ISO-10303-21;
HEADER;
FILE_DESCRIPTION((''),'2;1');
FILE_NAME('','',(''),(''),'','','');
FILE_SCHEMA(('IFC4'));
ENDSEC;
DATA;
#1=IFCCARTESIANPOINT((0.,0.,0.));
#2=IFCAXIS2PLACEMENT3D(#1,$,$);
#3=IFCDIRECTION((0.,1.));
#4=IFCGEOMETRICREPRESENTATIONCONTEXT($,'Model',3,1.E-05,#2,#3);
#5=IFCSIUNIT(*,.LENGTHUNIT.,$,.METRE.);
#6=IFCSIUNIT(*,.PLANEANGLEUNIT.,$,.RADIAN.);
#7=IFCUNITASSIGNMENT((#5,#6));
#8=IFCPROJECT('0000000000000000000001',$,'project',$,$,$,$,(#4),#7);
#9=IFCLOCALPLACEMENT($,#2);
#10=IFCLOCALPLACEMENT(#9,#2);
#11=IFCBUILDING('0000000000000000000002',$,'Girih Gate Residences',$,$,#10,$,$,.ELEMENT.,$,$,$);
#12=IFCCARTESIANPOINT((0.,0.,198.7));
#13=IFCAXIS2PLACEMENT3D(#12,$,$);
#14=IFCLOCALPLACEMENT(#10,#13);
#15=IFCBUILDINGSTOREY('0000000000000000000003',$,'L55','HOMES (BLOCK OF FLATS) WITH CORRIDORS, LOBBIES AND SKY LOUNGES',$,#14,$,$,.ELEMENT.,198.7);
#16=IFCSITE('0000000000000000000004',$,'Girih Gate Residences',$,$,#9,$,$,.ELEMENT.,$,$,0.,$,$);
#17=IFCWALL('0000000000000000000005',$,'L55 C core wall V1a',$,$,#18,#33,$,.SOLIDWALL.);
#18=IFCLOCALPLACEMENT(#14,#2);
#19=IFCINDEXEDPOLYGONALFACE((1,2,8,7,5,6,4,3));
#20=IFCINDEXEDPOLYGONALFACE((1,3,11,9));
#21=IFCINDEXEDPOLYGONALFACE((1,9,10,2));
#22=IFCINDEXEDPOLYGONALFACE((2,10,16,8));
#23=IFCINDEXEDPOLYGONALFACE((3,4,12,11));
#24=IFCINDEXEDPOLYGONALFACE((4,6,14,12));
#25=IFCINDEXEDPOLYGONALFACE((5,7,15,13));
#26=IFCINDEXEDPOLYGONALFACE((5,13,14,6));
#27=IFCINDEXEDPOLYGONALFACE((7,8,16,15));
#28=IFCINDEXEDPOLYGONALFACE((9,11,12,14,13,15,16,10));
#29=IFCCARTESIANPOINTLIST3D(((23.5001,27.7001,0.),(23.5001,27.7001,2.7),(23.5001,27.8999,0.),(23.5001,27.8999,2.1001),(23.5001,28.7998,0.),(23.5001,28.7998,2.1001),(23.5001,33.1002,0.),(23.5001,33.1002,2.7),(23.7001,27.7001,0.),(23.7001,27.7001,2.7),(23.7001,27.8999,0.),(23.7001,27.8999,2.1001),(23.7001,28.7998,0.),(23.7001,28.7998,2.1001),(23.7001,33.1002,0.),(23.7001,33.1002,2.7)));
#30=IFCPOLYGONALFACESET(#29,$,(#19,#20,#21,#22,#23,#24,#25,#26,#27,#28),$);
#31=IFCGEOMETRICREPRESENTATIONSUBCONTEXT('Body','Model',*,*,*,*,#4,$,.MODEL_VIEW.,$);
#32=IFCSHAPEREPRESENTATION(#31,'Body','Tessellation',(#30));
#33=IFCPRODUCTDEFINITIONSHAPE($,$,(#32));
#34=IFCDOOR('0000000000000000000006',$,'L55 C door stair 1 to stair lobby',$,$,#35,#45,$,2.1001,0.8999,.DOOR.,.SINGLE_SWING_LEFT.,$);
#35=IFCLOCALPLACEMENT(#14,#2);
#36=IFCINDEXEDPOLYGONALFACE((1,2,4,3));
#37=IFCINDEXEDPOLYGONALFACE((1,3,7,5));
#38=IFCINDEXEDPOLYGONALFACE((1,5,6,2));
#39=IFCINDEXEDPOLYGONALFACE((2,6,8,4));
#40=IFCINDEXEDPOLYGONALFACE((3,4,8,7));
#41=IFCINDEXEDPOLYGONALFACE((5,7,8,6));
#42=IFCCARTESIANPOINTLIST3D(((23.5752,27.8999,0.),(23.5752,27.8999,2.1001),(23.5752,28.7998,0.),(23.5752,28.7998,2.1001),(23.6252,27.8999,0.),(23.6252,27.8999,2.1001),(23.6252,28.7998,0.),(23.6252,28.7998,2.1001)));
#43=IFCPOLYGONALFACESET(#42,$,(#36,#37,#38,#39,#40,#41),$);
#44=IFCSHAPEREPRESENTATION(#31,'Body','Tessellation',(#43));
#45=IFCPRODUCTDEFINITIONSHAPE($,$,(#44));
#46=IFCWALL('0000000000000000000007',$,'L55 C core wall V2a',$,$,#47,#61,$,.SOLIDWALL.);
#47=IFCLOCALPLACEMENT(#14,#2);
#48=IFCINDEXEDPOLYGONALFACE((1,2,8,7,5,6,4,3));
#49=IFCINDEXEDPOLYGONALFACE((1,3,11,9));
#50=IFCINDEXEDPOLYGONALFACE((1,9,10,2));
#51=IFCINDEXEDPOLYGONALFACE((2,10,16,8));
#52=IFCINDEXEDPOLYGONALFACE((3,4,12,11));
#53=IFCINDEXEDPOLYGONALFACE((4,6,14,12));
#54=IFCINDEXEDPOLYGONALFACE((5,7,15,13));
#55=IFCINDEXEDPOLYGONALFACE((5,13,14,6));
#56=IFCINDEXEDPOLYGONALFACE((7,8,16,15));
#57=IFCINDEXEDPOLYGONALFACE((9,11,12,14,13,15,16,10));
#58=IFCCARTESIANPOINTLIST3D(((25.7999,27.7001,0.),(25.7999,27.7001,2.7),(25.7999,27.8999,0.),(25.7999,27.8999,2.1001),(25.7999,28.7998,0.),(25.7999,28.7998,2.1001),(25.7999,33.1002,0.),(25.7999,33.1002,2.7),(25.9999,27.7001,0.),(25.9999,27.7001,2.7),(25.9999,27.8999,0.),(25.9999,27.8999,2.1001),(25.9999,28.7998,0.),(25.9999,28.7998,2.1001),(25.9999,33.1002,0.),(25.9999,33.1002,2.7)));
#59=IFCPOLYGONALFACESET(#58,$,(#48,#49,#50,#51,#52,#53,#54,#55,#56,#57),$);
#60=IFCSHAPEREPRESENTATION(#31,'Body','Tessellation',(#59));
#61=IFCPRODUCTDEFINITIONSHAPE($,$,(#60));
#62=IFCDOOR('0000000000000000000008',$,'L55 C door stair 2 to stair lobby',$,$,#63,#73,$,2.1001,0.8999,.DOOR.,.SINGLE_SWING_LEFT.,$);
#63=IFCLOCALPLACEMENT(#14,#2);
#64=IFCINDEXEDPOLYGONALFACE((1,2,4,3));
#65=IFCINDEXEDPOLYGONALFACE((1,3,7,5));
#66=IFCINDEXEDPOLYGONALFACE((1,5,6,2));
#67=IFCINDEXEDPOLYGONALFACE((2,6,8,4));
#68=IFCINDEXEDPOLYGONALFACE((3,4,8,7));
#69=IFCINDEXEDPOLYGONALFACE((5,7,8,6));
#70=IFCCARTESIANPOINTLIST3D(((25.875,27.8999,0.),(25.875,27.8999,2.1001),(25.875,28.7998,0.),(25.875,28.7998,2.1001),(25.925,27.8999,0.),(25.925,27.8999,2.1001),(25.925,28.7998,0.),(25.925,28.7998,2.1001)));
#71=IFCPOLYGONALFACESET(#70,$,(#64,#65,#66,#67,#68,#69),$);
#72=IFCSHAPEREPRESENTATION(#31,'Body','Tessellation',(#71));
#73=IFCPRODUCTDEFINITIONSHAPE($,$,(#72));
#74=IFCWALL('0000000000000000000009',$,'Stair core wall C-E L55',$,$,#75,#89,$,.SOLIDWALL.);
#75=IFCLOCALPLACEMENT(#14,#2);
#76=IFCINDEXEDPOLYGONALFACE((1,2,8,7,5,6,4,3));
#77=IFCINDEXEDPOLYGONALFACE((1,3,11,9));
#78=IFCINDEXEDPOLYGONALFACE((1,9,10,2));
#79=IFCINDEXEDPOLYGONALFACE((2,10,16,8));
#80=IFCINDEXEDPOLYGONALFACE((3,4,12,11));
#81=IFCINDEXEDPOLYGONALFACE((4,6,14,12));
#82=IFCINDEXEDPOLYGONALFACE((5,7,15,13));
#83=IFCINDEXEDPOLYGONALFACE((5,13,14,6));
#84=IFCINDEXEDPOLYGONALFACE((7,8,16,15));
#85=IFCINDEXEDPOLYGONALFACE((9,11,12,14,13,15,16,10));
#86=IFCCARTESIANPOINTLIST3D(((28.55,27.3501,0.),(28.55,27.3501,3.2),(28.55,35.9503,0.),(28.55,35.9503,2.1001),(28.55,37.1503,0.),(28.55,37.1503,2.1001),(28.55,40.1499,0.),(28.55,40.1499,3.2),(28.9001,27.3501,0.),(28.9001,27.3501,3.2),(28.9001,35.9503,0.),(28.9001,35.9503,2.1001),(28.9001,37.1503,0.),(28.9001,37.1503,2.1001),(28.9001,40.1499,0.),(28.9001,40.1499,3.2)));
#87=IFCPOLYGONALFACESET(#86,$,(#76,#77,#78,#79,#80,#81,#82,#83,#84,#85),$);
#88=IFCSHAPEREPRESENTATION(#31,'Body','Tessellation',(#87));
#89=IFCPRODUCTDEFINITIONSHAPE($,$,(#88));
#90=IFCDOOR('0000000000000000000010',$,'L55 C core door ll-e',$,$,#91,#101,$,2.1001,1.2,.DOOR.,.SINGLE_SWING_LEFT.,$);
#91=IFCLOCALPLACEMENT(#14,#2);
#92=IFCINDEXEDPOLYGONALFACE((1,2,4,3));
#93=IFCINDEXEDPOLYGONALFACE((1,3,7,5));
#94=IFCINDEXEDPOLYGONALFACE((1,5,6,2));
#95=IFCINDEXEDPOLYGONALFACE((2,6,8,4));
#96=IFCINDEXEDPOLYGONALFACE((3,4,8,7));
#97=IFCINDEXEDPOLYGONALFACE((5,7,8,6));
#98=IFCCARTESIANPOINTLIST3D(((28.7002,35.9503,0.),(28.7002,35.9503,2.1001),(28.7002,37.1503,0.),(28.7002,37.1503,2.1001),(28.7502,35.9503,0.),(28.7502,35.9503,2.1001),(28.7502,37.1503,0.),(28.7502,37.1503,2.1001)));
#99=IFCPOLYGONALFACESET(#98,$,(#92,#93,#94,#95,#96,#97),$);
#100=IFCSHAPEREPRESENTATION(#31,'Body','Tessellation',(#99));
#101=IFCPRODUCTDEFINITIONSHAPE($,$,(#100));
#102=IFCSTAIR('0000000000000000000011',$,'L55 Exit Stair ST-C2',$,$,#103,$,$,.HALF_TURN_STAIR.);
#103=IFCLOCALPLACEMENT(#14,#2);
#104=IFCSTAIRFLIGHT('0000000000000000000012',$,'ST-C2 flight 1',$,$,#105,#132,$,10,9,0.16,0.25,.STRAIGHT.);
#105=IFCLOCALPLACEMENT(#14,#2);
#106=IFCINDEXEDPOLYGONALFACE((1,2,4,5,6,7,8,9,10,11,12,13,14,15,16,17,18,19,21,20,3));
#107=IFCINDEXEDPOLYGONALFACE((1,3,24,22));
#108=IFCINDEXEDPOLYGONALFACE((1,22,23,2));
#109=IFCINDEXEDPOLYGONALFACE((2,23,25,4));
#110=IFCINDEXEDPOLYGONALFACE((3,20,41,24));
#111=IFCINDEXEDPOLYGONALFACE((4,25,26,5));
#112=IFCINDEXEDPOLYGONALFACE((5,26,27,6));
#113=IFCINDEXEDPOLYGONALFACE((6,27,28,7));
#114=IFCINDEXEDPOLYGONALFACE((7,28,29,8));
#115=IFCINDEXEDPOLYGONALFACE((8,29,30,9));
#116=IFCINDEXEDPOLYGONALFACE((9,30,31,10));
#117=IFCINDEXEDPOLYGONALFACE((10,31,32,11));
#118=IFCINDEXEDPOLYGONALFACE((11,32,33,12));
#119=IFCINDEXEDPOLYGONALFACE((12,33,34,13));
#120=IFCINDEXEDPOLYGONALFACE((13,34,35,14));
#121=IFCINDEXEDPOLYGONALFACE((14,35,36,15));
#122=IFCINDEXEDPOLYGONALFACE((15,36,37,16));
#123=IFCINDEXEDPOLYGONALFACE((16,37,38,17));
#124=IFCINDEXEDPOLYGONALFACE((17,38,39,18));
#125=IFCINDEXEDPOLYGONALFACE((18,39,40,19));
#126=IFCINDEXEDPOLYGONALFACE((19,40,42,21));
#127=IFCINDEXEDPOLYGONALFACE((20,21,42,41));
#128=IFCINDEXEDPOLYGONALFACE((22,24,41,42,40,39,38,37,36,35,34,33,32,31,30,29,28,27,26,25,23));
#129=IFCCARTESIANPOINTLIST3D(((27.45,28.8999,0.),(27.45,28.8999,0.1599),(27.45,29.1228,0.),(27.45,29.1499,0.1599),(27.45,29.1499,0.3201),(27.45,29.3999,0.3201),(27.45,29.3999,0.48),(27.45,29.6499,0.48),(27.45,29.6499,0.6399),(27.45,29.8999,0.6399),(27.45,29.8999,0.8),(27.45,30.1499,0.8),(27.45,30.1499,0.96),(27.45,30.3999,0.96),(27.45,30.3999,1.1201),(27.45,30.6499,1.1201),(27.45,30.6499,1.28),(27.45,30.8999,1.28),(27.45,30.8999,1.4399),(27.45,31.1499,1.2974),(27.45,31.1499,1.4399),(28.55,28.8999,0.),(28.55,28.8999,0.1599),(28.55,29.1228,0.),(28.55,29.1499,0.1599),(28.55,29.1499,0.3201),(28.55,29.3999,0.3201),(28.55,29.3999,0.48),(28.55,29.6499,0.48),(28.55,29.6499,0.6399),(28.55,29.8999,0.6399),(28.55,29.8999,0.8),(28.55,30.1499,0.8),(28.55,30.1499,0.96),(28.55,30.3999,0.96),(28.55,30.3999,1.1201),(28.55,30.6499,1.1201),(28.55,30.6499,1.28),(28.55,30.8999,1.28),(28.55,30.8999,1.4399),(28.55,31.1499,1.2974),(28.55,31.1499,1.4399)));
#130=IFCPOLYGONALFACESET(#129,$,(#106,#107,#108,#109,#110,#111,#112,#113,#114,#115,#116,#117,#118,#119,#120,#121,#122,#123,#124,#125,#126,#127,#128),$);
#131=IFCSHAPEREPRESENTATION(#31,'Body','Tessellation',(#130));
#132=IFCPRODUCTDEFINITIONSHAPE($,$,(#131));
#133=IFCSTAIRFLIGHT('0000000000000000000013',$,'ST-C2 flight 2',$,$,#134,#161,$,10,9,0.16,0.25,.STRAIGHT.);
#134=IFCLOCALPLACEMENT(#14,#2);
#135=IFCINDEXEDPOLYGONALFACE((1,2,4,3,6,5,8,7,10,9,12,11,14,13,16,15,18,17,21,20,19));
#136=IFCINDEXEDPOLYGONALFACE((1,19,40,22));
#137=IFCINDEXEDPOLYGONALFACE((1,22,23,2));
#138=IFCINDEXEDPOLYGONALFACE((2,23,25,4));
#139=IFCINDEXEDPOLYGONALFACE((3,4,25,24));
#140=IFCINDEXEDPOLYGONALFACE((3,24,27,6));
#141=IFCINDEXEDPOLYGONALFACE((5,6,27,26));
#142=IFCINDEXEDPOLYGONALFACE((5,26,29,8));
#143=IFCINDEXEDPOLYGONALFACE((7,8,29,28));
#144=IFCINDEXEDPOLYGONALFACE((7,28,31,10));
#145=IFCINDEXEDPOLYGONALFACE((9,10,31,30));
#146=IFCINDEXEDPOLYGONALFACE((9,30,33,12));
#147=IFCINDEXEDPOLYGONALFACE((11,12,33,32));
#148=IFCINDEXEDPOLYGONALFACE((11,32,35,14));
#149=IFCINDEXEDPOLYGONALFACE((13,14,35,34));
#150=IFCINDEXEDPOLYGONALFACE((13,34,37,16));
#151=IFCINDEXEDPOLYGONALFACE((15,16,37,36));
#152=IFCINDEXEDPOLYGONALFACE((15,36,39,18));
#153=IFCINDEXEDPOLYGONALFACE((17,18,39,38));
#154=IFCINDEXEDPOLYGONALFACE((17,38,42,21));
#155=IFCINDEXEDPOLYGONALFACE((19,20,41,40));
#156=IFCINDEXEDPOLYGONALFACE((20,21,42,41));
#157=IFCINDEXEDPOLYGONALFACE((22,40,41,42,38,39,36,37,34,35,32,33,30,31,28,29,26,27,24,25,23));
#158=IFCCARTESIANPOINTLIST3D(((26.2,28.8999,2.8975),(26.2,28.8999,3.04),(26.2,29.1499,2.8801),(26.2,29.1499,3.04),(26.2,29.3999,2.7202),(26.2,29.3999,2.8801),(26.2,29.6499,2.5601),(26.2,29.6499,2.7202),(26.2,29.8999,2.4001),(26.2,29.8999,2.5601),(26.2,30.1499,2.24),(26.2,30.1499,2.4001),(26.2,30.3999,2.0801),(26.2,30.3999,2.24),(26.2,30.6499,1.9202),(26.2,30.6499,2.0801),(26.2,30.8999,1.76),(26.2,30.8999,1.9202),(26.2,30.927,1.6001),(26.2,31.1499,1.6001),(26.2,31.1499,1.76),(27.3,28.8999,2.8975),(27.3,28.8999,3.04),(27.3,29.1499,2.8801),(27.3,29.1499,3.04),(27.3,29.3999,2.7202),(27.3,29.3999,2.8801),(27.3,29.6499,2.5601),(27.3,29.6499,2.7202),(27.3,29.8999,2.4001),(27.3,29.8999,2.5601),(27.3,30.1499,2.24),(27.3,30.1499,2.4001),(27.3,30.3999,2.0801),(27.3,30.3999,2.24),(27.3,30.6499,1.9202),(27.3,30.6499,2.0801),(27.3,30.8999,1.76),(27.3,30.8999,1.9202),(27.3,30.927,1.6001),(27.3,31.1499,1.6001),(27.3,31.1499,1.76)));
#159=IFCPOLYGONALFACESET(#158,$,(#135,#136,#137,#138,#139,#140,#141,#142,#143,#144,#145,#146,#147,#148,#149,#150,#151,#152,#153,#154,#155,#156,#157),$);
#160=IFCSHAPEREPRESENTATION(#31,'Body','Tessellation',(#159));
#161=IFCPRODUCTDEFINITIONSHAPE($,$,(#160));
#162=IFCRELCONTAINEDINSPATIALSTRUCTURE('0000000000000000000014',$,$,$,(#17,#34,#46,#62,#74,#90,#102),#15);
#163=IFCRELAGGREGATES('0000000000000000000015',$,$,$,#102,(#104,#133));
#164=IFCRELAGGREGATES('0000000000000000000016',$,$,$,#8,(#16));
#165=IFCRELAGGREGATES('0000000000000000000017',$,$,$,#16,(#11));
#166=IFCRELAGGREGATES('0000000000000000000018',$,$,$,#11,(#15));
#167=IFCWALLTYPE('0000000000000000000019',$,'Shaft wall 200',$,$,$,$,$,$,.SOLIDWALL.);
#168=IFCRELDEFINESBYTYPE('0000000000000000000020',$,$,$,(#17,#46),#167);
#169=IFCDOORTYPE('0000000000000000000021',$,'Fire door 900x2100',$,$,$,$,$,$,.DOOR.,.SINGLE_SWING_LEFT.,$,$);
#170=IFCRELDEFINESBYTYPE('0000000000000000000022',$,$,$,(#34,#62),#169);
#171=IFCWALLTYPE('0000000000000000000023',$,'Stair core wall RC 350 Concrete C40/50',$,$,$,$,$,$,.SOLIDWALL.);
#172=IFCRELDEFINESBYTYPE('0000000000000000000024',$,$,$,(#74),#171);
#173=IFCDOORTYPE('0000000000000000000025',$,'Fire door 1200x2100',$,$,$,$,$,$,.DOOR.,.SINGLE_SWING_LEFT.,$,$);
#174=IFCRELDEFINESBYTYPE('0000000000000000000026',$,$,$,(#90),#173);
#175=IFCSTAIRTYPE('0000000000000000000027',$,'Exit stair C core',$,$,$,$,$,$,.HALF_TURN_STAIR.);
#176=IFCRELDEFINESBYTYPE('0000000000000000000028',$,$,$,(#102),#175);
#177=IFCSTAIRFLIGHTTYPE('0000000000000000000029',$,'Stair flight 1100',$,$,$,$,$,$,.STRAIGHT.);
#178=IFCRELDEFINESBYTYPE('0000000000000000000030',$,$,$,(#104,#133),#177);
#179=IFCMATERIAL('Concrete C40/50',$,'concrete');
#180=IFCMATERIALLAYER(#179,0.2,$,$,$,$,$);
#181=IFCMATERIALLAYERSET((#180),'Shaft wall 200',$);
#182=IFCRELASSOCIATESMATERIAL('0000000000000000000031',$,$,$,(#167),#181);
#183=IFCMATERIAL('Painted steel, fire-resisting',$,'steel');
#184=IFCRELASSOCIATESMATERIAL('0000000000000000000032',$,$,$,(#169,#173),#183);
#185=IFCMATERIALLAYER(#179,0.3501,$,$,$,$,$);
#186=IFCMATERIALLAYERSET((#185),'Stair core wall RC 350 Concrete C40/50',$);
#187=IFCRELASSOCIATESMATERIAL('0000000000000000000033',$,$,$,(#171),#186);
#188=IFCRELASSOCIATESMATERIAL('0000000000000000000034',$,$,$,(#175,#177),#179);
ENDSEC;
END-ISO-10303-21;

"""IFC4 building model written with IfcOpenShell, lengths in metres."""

from ifc_helpers import new_model, si_unit, direction, frame, frame_2d, origin, place, context, subcontext, project, spatial, polyline, rectangle, outline, extrude, material, layer, layer_set, type_object, element, fill, aggregate, save


model = new_model("IFC4")

# Units and contexts
model_context = context("Model", 3, precision=1e-05, world=origin(), true_north=direction((0.0, 1.0)))
body_context = subcontext(model_context, "Body", "Model", "MODEL_VIEW")
ifc_project = project(units=[si_unit("LENGTHUNIT", "METRE"), si_unit("PLANEANGLEUNIT", "RADIAN")], contexts=[model_context])

# Site, building, storey
site_placement = place(None, origin())
site = spatial("IfcSite", under=ifc_project, at=site_placement, Name="Girih Gate Residences", CompositionType="ELEMENT", RefElevation=0.0)
building_placement = place(site_placement, origin())
building = spatial("IfcBuilding", under=site, at=building_placement, Name="Girih Gate Residences", CompositionType="ELEMENT")
storey_placement = place(building_placement, frame((0.0, 0.0, 198.7)))
storey = spatial("IfcBuildingStorey", under=building, at=storey_placement, Name="L55", Description="HOMES (BLOCK OF FLATS) WITH CORRIDORS, LOBBIES AND SKY LOUNGES", CompositionType="ELEMENT", Elevation=198.7)

# Walls, openings, doors
ifc_material_1 = material(Name="Concrete C40/50", Category="concrete")
ifc_layer_1 = layer(ifc_material_1, 0.2)
ifc_layer_set_1 = layer_set([ifc_layer_1], Name="Shaft wall 200")
wall_type_1 = type_object("IfcWallType", Name="Shaft wall 200", PredefinedType="SOLIDWALL", material=ifc_layer_set_1)
wall_1_placement = place(storey_placement, frame((23.6001, 27.7, 0.0), z_axis=(0.0, 0.0, 1.0), x_axis=(0.0, 1.0, 0.0)))
wall_1 = element("IfcWall", 1, at=wall_1_placement, inside=storey, type_object=wall_type_1, Name="L55 C core wall V1a", PredefinedType="SOLIDWALL", context=body_context, shape_type="SweptSolid", body=[
    extrude(rectangle(XDim=5.4001, YDim=0.2, at=frame_2d((2.7002, 0.0))), origin(), (0.0, 0.0, 1.0), 2.7),
])
opening_1_placement = place(wall_1_placement, frame((0.2, 0.0, 0.0)))
opening_1 = element("IfcOpeningElement", 2, at=opening_1_placement, cuts=wall_1, PredefinedType="OPENING", context=body_context, shape_type="SweptSolid", body=[
    extrude(rectangle(XDim=0.8999, YDim=2.1001, at=frame_2d((0.45, 1.05))), frame((0.0, 0.1099, 0.0), z_axis=(0.0, -1.0, 0.0), x_axis=(1.0, 0.0, 0.0)), (0.0, 0.0, 1.0), 0.22),
])
ifc_material_2 = material(Name="Painted steel, fire-resisting", Category="steel")
door_type_1 = type_object("IfcDoorType", Name="Fire door 900x2100", OperationType="SINGLE_SWING_LEFT", PredefinedType="DOOR", material=ifc_material_2)
door_1_placement = place(opening_1_placement, origin())
door_1 = element("IfcDoor", 3, at=door_1_placement, inside=storey, type_object=door_type_1, Name="L55 C door stair 1 to stair lobby", OperationType="SINGLE_SWING_LEFT", OverallHeight=2.1001, OverallWidth=0.8999, PredefinedType="DOOR", context=body_context, shape_type="SweptSolid", body=[
    extrude(rectangle(XDim=0.8999, YDim=2.1001, at=frame_2d((0.45, 1.05))), frame((0.0, 0.0249, 0.0), z_axis=(0.0, -1.0, 0.0), x_axis=(1.0, 0.0, 0.0)), (0.0, 0.0, 1.0), 0.05),
])
fill(opening_1, door_1)
wall_2_placement = place(storey_placement, frame((25.8999, 27.7, 0.0), z_axis=(0.0, 0.0, 1.0), x_axis=(0.0, 1.0, 0.0)))
wall_2 = element("IfcWall", 4, at=wall_2_placement, inside=storey, type_object=wall_type_1, Name="L55 C core wall V2a", PredefinedType="SOLIDWALL", context=body_context, shape_type="SweptSolid", body=[
    extrude(rectangle(XDim=5.4001, YDim=0.2, at=frame_2d((2.7002, 0.0))), origin(), (0.0, 0.0, 1.0), 2.7),
])
opening_2_placement = place(wall_2_placement, frame((0.2, 0.0, 0.0)))
opening_2 = element("IfcOpeningElement", 5, at=opening_2_placement, cuts=wall_2, PredefinedType="OPENING", context=body_context, shape_type="SweptSolid", body=[
    extrude(rectangle(XDim=0.8999, YDim=2.1001, at=frame_2d((0.45, 1.05))), frame((0.0, 0.1099, 0.0), z_axis=(0.0, -1.0, 0.0), x_axis=(1.0, 0.0, 0.0)), (0.0, 0.0, 1.0), 0.22),
])
door_2_placement = place(opening_2_placement, origin())
door_2 = element("IfcDoor", 6, at=door_2_placement, inside=storey, type_object=door_type_1, Name="L55 C door stair 2 to stair lobby", OperationType="SINGLE_SWING_LEFT", OverallHeight=2.1001, OverallWidth=0.8999, PredefinedType="DOOR", context=body_context, shape_type="SweptSolid", body=[
    extrude(rectangle(XDim=0.8999, YDim=2.1001, at=frame_2d((0.45, 1.05))), frame((0.0, 0.0249, 0.0), z_axis=(0.0, -1.0, 0.0), x_axis=(1.0, 0.0, 0.0)), (0.0, 0.0, 1.0), 0.05),
])
fill(opening_2, door_2)
ifc_layer_2 = layer(ifc_material_1, 0.3501)
ifc_layer_set_2 = layer_set([ifc_layer_2], Name="Stair core wall RC 350 Concrete C40/50")
wall_type_2 = type_object("IfcWallType", Name="Stair core wall RC 350 Concrete C40/50", PredefinedType="SOLIDWALL", material=ifc_layer_set_2)
wall_3_placement = place(storey_placement, frame((28.7251, 27.3501, 0.0), z_axis=(0.0, 0.0, 1.0), x_axis=(0.0, 1.0, 0.0)))
wall_3 = element("IfcWall", 7, at=wall_3_placement, inside=storey, type_object=wall_type_2, Name="Stair core wall C-E L55", PredefinedType="SOLIDWALL", context=body_context, shape_type="SweptSolid", body=[
    extrude(rectangle(XDim=12.7998, YDim=0.3501, at=frame_2d((6.3999, 0.0))), origin(), (0.0, 0.0, 1.0), 3.2),
])
opening_3_placement = place(wall_3_placement, frame((8.6001, 0.0, 0.0)))
opening_3 = element("IfcOpeningElement", 8, at=opening_3_placement, cuts=wall_3, PredefinedType="OPENING", context=body_context, shape_type="SweptSolid", body=[
    extrude(rectangle(XDim=1.2, YDim=2.1001, at=frame_2d((0.6001, 1.05))), frame((0.0, 0.1851, 0.0), z_axis=(0.0, -1.0, 0.0), x_axis=(1.0, 0.0, 0.0)), (0.0, 0.0, 1.0), 0.3701),
])
door_type_2 = type_object("IfcDoorType", Name="Fire door 1200x2100", OperationType="SINGLE_SWING_LEFT", PredefinedType="DOOR", material=ifc_material_2)
door_3_placement = place(opening_3_placement, origin())
door_3 = element("IfcDoor", 9, at=door_3_placement, inside=storey, type_object=door_type_2, Name="L55 C core door ll-e", OperationType="SINGLE_SWING_LEFT", OverallHeight=2.1001, OverallWidth=1.2, PredefinedType="DOOR", context=body_context, shape_type="SweptSolid", body=[
    extrude(rectangle(XDim=1.2, YDim=2.1001, at=frame_2d((0.6001, 1.05))), frame((0.0, 0.0249, 0.0), z_axis=(0.0, -1.0, 0.0), x_axis=(1.0, 0.0, 0.0)), (0.0, 0.0, 1.0), 0.05),
])
fill(opening_3, door_3)

# Stair, stair flights
stair_type = type_object("IfcStairType", Name="Exit stair C core", PredefinedType="HALF_TURN_STAIR", material=ifc_material_1)
stair_placement = place(storey_placement, origin())
stair = element("IfcStair", 10, at=stair_placement, inside=storey, type_object=stair_type, Name="L55 Exit Stair ST-C2", PredefinedType="HALF_TURN_STAIR")
stair_flight_type = type_object("IfcStairFlightType", Name="Stair flight 1100", PredefinedType="STRAIGHT", material=ifc_material_1)
stair_flight_1_placement = place(storey_placement, frame((28.0, 28.8999, 0.0), z_axis=(0.0, 0.0, 1.0), x_axis=(0.0, 1.0, 0.0)))
stair_flight_1 = element("IfcStairFlight", 11, at=stair_flight_1_placement, type_object=stair_flight_type, Name="ST-C2 flight 1", NumberOfRisers=10, NumberOfTreads=9, PredefinedType="STRAIGHT", RiserHeight=0.16, TreadLength=0.25, context=body_context, shape_type="SweptSolid", body=[
    extrude(outline(polyline([(0.0, 0.0), (0.0, 0.1599), (0.25, 0.1599), (0.25, 0.3201), (0.5, 0.3201), (0.5, 0.48), (0.75, 0.48), (0.75, 0.6399), (1.0, 0.6399), (1.0, 0.8), (1.25, 0.8), (1.25, 0.96), (1.5, 0.96), (1.5, 1.1201), (1.75, 1.1201), (1.75, 1.28), (2.0, 1.28), (2.0, 1.4399), (2.25, 1.4399), (2.25, 1.6001), (2.25, 1.2974), (0.2229, 0.0), (0.0, 0.0)])), frame((0.0, 0.55, 0.0), z_axis=(0.0, -1.0, 0.0), x_axis=(1.0, 0.0, 0.0)), (0.0, 0.0, 1.0), 1.1001),
])
stair_flight_2_placement = place(storey_placement, frame((26.75, 31.1499, 1.6001), z_axis=(0.0, 0.0, 1.0), x_axis=(0.0, -1.0, 0.0)))
stair_flight_2 = element("IfcStairFlight", 12, at=stair_flight_2_placement, type_object=stair_flight_type, Name="ST-C2 flight 2", NumberOfRisers=10, NumberOfTreads=9, PredefinedType="STRAIGHT", RiserHeight=0.16, TreadLength=0.25, context=body_context, shape_type="SweptSolid", body=[
    extrude(outline(polyline([(0.0, 0.0), (0.0, 0.1599), (0.25, 0.1599), (0.25, 0.3201), (0.5, 0.3201), (0.5, 0.48), (0.75, 0.48), (0.75, 0.6399), (1.0, 0.6399), (1.0, 0.8), (1.25, 0.8), (1.25, 0.96), (1.5, 0.96), (1.5, 1.1201), (1.75, 1.1201), (1.75, 1.28), (2.0, 1.28), (2.0, 1.4399), (2.25, 1.4399), (2.25, 1.6001), (2.25, 1.2974), (0.2229, 0.0), (0.0, 0.0)])), frame((0.0, 0.55, 0.0), z_axis=(0.0, -1.0, 0.0), x_axis=(1.0, 0.0, 0.0)), (0.0, 0.0, 1.0), 1.1001),
])
aggregate(stair, [stair_flight_1, stair_flight_2])

save(model, "model.ifc")
